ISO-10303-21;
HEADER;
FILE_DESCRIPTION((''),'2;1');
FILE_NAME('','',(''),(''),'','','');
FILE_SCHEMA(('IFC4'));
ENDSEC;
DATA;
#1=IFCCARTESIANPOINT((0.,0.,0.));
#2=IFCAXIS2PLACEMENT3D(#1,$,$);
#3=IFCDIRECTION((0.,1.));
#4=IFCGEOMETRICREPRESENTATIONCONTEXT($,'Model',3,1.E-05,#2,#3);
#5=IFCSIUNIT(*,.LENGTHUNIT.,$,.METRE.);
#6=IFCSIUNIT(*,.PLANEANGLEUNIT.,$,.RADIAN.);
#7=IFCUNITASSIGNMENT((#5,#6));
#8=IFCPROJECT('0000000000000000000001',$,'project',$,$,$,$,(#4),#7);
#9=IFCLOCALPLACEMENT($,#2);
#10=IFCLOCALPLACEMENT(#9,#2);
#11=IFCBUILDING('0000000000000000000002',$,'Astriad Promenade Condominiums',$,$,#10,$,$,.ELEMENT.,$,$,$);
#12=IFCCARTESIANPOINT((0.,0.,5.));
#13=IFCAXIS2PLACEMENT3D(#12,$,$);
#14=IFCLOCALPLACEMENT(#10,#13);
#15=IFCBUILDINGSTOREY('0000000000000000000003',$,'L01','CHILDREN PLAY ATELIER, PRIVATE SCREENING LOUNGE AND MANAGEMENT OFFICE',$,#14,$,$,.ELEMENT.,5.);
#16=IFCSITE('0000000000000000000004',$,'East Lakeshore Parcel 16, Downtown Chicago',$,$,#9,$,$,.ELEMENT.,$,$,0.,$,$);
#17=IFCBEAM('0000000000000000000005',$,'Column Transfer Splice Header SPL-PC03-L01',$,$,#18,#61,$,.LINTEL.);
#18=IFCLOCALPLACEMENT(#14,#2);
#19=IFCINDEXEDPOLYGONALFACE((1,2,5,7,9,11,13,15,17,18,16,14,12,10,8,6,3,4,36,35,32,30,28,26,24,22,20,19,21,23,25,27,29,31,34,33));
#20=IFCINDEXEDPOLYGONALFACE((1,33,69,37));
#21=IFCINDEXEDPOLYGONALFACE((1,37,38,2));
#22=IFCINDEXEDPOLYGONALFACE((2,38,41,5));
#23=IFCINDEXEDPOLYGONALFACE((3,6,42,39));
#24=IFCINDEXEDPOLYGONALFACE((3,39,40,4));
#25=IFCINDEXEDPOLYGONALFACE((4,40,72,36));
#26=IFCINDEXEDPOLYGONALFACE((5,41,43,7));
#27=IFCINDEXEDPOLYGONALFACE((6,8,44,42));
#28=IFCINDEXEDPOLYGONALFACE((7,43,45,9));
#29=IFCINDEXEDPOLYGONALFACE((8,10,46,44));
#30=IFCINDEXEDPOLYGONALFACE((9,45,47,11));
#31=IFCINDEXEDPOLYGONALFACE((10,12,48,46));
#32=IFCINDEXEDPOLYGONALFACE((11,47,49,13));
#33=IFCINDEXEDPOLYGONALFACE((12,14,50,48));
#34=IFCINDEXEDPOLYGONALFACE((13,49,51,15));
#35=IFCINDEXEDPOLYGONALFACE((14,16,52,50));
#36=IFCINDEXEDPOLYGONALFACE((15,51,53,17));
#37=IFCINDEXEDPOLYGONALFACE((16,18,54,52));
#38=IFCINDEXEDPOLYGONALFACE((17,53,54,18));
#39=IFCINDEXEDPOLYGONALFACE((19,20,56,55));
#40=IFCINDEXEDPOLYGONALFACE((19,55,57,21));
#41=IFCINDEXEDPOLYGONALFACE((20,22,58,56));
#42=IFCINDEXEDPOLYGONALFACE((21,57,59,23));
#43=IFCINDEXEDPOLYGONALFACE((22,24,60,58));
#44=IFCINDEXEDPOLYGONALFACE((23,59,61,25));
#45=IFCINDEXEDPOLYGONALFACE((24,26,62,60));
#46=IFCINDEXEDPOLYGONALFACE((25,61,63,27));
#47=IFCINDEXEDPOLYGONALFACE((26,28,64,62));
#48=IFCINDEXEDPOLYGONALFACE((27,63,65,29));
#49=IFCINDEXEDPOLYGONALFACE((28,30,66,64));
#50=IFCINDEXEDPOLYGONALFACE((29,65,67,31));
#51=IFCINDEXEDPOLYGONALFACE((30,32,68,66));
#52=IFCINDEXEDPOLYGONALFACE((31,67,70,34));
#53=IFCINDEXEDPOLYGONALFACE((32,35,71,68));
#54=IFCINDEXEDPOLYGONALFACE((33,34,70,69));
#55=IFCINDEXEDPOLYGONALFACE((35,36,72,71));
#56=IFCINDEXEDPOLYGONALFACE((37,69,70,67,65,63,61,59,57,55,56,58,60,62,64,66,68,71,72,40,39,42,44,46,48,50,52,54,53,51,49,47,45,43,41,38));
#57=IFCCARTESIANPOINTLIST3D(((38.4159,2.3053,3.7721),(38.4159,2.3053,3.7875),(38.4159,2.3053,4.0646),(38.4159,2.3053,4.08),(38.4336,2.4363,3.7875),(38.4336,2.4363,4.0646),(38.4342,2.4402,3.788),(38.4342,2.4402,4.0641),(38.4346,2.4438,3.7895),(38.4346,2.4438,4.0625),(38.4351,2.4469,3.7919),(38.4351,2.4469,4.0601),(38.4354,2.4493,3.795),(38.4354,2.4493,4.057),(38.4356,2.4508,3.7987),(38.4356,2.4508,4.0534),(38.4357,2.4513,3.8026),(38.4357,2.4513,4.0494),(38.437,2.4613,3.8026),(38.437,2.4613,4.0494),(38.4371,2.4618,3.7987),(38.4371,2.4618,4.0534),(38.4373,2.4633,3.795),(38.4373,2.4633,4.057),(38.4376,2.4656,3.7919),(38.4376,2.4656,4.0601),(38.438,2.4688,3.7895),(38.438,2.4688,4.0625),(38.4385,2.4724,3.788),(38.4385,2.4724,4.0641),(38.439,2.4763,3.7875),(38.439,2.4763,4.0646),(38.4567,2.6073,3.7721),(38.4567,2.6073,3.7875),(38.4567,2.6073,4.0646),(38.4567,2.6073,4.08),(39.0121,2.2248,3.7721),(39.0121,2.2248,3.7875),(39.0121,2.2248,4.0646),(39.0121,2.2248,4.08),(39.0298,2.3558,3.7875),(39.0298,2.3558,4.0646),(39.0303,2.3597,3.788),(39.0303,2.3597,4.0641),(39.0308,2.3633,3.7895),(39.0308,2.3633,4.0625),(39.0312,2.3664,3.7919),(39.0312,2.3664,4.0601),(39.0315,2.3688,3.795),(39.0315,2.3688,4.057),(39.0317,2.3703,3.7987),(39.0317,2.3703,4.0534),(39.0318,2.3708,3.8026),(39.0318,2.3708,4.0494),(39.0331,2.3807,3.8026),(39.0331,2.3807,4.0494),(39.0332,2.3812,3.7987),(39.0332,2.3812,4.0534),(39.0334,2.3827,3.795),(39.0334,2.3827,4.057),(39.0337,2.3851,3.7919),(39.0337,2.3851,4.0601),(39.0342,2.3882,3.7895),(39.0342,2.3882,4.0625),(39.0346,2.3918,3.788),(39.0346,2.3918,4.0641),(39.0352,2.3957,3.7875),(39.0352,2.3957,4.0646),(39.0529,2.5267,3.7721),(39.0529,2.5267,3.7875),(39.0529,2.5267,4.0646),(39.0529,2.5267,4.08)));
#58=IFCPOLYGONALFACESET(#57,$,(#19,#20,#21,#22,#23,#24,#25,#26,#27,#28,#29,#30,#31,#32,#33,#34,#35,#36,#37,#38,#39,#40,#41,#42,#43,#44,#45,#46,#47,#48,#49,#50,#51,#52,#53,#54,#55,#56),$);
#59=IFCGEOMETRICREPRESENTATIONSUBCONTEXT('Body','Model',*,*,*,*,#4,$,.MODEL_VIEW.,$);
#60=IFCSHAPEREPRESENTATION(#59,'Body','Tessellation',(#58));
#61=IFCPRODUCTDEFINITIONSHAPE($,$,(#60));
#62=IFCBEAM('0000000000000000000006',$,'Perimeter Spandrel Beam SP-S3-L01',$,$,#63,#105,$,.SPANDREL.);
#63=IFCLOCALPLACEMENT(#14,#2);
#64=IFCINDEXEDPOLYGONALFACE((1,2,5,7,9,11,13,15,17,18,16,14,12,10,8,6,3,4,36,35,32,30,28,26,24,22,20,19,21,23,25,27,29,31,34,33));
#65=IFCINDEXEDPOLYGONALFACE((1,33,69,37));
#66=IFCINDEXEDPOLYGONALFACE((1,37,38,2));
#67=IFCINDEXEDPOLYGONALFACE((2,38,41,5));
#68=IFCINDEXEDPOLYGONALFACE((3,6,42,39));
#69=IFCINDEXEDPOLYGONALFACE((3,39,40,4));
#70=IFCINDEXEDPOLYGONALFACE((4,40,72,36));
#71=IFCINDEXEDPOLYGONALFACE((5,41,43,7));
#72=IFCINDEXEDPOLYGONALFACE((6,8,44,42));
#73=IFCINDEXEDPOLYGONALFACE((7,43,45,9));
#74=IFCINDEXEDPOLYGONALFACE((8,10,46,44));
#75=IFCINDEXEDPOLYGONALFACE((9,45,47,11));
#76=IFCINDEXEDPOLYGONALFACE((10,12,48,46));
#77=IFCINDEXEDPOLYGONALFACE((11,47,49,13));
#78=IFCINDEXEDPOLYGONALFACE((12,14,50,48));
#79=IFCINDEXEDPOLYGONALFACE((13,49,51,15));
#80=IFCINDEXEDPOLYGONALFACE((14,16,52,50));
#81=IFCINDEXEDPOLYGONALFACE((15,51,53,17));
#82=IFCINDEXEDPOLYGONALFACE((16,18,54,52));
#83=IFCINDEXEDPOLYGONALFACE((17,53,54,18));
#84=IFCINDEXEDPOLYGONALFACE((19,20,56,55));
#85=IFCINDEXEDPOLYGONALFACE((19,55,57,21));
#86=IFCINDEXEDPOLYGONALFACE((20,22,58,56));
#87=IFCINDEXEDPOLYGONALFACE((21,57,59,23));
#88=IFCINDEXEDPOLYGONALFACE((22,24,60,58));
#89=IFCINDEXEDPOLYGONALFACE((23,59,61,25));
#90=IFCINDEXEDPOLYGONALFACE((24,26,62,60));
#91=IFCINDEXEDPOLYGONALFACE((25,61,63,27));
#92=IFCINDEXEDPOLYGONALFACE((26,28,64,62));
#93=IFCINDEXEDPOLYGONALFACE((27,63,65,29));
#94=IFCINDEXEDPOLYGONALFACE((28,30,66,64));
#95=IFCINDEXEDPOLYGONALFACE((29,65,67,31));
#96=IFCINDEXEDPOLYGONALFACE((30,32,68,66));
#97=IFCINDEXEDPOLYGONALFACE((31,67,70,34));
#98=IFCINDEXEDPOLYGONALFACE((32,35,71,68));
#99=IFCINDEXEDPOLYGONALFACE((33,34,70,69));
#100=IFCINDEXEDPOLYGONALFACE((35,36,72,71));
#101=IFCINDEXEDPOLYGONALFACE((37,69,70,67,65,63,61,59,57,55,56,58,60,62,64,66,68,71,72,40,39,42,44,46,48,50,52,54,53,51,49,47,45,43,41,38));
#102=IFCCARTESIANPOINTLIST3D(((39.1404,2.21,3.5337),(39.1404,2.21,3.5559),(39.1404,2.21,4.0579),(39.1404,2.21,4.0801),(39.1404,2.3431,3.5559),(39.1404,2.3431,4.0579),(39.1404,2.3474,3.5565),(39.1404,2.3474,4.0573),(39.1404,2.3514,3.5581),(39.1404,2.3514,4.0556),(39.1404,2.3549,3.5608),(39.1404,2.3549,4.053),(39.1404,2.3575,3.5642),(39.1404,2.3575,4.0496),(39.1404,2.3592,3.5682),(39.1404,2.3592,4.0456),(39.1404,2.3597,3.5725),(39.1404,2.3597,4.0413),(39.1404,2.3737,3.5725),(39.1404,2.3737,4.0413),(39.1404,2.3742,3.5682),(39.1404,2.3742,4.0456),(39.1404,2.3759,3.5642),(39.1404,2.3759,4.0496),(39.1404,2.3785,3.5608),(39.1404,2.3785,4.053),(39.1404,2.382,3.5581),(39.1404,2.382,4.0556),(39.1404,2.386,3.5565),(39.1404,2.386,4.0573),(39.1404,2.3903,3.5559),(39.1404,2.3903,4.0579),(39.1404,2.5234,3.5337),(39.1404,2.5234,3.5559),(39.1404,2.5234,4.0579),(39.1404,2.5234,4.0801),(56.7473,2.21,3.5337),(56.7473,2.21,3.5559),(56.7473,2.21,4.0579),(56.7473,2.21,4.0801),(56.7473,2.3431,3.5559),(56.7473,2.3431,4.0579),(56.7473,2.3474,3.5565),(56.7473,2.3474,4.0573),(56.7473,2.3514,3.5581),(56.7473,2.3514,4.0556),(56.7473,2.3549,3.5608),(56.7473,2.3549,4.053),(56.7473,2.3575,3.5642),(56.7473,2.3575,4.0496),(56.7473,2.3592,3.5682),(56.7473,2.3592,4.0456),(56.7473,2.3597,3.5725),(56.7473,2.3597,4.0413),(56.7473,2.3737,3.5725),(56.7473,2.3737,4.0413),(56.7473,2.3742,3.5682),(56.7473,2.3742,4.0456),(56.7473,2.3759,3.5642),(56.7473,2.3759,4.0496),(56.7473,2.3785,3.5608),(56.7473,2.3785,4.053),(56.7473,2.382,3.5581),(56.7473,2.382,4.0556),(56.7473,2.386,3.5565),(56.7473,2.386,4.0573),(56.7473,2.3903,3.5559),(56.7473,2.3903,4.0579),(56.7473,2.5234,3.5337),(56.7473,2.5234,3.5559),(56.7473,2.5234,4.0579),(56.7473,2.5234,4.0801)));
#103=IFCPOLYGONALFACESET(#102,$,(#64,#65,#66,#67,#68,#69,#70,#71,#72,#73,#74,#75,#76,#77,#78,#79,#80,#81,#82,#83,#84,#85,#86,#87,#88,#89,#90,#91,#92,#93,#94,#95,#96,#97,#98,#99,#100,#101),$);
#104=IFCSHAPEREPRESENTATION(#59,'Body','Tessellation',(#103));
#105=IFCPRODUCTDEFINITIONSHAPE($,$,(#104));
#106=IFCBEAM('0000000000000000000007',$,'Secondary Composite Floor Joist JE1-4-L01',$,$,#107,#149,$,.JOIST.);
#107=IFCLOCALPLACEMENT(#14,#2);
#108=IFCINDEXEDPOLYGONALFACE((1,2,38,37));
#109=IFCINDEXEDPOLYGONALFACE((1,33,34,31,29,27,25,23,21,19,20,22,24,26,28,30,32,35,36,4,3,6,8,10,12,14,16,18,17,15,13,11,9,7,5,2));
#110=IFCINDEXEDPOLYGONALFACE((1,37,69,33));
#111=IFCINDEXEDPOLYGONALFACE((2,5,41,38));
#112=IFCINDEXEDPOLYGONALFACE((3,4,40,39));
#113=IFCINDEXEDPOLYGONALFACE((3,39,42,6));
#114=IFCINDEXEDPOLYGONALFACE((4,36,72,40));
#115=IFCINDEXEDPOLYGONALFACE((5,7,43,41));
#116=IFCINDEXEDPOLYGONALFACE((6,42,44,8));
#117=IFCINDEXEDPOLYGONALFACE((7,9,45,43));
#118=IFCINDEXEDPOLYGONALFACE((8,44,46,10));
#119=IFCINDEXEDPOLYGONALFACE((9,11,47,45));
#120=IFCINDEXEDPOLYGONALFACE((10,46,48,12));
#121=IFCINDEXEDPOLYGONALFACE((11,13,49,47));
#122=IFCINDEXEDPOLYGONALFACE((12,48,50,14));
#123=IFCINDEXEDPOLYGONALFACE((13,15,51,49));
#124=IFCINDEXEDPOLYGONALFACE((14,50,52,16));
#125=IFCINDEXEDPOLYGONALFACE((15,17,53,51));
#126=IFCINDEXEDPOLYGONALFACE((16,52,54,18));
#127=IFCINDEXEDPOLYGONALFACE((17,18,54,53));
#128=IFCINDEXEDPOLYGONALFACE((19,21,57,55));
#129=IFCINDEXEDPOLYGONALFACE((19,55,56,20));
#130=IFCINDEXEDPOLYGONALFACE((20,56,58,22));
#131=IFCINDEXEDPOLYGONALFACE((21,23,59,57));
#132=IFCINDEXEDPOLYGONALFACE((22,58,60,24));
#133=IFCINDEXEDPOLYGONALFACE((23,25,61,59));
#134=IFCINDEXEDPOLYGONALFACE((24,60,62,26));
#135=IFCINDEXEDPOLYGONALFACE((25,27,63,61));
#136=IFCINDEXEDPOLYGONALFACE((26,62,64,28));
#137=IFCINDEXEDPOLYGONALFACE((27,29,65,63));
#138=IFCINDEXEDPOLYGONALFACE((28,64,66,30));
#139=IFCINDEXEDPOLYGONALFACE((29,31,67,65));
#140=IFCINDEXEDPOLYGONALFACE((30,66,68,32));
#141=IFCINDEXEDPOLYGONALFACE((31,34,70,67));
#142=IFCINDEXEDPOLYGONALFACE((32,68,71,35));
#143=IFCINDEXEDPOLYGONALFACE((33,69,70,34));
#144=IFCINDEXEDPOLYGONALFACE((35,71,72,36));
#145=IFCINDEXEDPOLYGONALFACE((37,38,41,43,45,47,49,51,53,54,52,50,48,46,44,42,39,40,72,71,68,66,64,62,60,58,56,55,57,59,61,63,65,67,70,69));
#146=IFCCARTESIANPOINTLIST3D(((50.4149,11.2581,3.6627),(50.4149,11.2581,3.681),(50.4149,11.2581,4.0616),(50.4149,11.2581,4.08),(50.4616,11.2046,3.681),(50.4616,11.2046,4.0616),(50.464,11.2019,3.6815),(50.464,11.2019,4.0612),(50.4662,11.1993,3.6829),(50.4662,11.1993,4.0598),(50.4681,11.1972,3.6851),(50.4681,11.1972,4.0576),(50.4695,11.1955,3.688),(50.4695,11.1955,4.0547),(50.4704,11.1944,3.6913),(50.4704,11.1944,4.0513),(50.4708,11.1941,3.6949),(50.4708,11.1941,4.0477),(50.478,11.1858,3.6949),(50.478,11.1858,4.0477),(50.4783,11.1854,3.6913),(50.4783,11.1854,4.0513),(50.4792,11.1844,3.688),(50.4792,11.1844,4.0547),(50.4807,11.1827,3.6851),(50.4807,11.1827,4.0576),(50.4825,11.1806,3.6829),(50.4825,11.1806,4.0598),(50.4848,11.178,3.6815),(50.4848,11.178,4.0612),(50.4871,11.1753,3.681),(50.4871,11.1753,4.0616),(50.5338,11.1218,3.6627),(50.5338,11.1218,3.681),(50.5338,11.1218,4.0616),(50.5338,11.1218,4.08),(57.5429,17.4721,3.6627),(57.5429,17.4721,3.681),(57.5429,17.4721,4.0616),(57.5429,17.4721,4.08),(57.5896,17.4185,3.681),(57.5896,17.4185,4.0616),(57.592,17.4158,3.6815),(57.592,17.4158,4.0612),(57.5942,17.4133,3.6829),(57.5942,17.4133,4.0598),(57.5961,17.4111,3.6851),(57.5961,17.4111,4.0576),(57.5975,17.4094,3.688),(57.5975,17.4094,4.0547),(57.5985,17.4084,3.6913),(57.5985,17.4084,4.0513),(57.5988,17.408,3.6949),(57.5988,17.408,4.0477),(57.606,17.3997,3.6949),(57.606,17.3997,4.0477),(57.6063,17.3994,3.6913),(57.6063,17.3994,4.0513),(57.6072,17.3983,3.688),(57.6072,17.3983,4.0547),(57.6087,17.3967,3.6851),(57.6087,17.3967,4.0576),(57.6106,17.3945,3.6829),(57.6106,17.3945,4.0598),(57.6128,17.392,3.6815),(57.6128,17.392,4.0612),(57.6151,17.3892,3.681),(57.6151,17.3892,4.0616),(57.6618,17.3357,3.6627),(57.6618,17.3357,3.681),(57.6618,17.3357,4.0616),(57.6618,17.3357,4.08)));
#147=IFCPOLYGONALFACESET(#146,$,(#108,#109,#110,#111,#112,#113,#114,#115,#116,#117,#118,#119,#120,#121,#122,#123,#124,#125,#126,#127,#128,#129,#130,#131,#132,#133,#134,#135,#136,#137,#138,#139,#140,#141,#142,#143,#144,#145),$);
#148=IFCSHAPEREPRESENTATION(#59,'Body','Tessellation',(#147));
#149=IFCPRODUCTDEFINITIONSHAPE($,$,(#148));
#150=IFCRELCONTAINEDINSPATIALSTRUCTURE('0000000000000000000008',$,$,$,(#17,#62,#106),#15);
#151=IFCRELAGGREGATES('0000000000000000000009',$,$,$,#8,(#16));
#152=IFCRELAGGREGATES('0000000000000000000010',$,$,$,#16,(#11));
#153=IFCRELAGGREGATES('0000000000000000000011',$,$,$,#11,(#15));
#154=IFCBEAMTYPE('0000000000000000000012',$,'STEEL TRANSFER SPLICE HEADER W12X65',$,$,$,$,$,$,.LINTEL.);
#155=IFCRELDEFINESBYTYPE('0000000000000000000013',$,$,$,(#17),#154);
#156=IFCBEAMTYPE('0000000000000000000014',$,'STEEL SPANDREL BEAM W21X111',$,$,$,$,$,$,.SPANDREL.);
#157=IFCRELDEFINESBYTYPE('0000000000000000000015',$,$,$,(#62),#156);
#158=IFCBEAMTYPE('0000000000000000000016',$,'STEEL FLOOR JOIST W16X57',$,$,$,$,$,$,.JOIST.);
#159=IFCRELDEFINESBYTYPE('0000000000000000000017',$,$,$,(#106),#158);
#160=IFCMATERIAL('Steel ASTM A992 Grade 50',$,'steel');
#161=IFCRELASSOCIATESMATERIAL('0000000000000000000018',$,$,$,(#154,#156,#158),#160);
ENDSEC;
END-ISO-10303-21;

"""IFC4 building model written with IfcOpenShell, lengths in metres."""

from ifc_helpers import new_model, si_unit, direction, frame, origin, origin_2d, place, context, subcontext, project, spatial, i_section, extrude, source, transform, mapped, material, material_profile, profile_set, type_object, type_shapes, element, save


model = new_model("IFC4")

# Units and contexts
model_context = context("Model", 3, precision=1e-05, world=origin(), true_north=direction((0.0, 1.0)))
body_context = subcontext(model_context, "Body", "Model", "MODEL_VIEW")
ifc_project = project(units=[si_unit("LENGTHUNIT", "METRE"), si_unit("PLANEANGLEUNIT", "RADIAN")], contexts=[model_context])

# Site, building, storey
site_placement = place(None, origin())
site = spatial("IfcSite", under=ifc_project, at=site_placement, Name="East Lakeshore Parcel 16, Downtown Chicago", CompositionType="ELEMENT", RefElevation=0.0)
building_placement = place(site_placement, origin())
building = spatial("IfcBuilding", under=site, at=building_placement, Name="Astriad Promenade Condominiums", CompositionType="ELEMENT")
storey_placement = place(building_placement, frame((0.0, 0.0, 5.0)))
storey = spatial("IfcBuildingStorey", under=building, at=storey_placement, Name="L01", Description="CHILDREN PLAY ATELIER, PRIVATE SCREENING LOUNGE AND MANAGEMENT OFFICE", CompositionType="ELEMENT", Elevation=5.0)

# Shared definitions
ifc_material_1 = material(Name="Steel ASTM A992 Grade 50", Category="steel")

# Beams
ifc_material_profile_1 = material_profile(ifc_material_1, i_section(OverallWidth=0.3047, OverallDepth=0.3079, WebThickness=0.01, FlangeThickness=0.0154, FilletRadius=0.0151, at=origin_2d()), Name="W12X65")
ifc_profile_set_1 = profile_set([ifc_material_profile_1], Name="Steel ASTM A992 Grade 50")
beam_type_1 = type_object("IfcBeamType", Name="STEEL TRANSFER SPLICE HEADER W12X65", PredefinedType="LINTEL", material=ifc_profile_set_1)
shared_shape_1 = source(origin(), body_context, "Body", "SweptSolid", [
    extrude(i_section(OverallWidth=0.3047, OverallDepth=0.3079, WebThickness=0.01, FlangeThickness=0.0154, FilletRadius=0.0151, at=origin_2d()), origin(), (0.0, 0.0, 1.0), 0.6016),
])
type_shapes(beam_type_1, [shared_shape_1])
beam_1_placement = place(storey_placement, frame((39.0325, 2.3757, 3.926), z_axis=(-0.990992, 0.133918, 0.0), x_axis=(-0.133918, -0.990992, 0.0)))
element("IfcBeam", 1, at=beam_1_placement, inside=storey, type_object=beam_type_1, Name="Column Transfer Splice Header SPL-PC03-L01", PredefinedType="LINTEL", context=body_context, shape_type="MappedRepresentation", body=[
    mapped(shared_shape_1, transform((0.0, 0.0, 0.0), scale=1.0)),
])
ifc_material_profile_2 = material_profile(ifc_material_1, i_section(OverallWidth=0.3135, OverallDepth=0.5464, WebThickness=0.0139, FlangeThickness=0.0222, FilletRadius=0.0166, at=origin_2d()), Name="W21X111")
ifc_profile_set_2 = profile_set([ifc_material_profile_2], Name="Steel ASTM A992 Grade 50")
beam_type_2 = type_object("IfcBeamType", Name="STEEL SPANDREL BEAM W21X111", PredefinedType="SPANDREL", material=ifc_profile_set_2)
shared_shape_2 = source(origin(), body_context, "Body", "SweptSolid", [
    extrude(i_section(OverallWidth=0.3135, OverallDepth=0.5464, WebThickness=0.0139, FlangeThickness=0.0222, FilletRadius=0.0166, at=origin_2d()), origin(), (0.0, 0.0, 1.0), 17.6069),
])
type_shapes(beam_type_2, [shared_shape_2])
beam_2_placement = place(storey_placement, frame((39.1404, 2.3667, 3.8069), z_axis=(1.0, 0.0, 0.0), x_axis=(0.0, 1.0, 0.0)))
element("IfcBeam", 2, at=beam_2_placement, inside=storey, type_object=beam_type_2, Name="Perimeter Spandrel Beam SP-S3-L01", PredefinedType="SPANDREL", context=body_context, shape_type="MappedRepresentation", body=[
    mapped(shared_shape_2, transform((0.0, 0.0, 0.0), scale=1.0)),
])
ifc_material_profile_3 = material_profile(ifc_material_1, i_section(OverallWidth=0.1809, OverallDepth=0.4172, WebThickness=0.011, FlangeThickness=0.0183, FilletRadius=0.0139, at=origin_2d()), Name="W16X57")
ifc_profile_set_3 = profile_set([ifc_material_profile_3], Name="Steel ASTM A992 Grade 50")
beam_type_3 = type_object("IfcBeamType", Name="STEEL FLOOR JOIST W16X57", PredefinedType="JOIST", material=ifc_profile_set_3)
shared_shape_3 = source(origin(), body_context, "Body", "SweptSolid", [
    extrude(i_section(OverallWidth=0.1809, OverallDepth=0.4172, WebThickness=0.011, FlangeThickness=0.0183, FilletRadius=0.0139, at=origin_2d()), origin(), (0.0, 0.0, 1.0), 9.4563),
])
beam_3_placement = place(storey_placement, frame((50.4744, 11.1899, 3.8713), z_axis=(0.753785, 0.657122, 0.0), x_axis=(-0.657122, 0.753785, 0.0)))
element("IfcBeam", 3, at=beam_3_placement, inside=storey, type_object=beam_type_3, Name="Secondary Composite Floor Joist JE1-4-L01", PredefinedType="JOIST", context=body_context, shape_type="MappedRepresentation", body=[
    mapped(shared_shape_3, transform((0.0, 0.0, 0.0), scale=1.0)),
])

save(model, "model.ifc")
